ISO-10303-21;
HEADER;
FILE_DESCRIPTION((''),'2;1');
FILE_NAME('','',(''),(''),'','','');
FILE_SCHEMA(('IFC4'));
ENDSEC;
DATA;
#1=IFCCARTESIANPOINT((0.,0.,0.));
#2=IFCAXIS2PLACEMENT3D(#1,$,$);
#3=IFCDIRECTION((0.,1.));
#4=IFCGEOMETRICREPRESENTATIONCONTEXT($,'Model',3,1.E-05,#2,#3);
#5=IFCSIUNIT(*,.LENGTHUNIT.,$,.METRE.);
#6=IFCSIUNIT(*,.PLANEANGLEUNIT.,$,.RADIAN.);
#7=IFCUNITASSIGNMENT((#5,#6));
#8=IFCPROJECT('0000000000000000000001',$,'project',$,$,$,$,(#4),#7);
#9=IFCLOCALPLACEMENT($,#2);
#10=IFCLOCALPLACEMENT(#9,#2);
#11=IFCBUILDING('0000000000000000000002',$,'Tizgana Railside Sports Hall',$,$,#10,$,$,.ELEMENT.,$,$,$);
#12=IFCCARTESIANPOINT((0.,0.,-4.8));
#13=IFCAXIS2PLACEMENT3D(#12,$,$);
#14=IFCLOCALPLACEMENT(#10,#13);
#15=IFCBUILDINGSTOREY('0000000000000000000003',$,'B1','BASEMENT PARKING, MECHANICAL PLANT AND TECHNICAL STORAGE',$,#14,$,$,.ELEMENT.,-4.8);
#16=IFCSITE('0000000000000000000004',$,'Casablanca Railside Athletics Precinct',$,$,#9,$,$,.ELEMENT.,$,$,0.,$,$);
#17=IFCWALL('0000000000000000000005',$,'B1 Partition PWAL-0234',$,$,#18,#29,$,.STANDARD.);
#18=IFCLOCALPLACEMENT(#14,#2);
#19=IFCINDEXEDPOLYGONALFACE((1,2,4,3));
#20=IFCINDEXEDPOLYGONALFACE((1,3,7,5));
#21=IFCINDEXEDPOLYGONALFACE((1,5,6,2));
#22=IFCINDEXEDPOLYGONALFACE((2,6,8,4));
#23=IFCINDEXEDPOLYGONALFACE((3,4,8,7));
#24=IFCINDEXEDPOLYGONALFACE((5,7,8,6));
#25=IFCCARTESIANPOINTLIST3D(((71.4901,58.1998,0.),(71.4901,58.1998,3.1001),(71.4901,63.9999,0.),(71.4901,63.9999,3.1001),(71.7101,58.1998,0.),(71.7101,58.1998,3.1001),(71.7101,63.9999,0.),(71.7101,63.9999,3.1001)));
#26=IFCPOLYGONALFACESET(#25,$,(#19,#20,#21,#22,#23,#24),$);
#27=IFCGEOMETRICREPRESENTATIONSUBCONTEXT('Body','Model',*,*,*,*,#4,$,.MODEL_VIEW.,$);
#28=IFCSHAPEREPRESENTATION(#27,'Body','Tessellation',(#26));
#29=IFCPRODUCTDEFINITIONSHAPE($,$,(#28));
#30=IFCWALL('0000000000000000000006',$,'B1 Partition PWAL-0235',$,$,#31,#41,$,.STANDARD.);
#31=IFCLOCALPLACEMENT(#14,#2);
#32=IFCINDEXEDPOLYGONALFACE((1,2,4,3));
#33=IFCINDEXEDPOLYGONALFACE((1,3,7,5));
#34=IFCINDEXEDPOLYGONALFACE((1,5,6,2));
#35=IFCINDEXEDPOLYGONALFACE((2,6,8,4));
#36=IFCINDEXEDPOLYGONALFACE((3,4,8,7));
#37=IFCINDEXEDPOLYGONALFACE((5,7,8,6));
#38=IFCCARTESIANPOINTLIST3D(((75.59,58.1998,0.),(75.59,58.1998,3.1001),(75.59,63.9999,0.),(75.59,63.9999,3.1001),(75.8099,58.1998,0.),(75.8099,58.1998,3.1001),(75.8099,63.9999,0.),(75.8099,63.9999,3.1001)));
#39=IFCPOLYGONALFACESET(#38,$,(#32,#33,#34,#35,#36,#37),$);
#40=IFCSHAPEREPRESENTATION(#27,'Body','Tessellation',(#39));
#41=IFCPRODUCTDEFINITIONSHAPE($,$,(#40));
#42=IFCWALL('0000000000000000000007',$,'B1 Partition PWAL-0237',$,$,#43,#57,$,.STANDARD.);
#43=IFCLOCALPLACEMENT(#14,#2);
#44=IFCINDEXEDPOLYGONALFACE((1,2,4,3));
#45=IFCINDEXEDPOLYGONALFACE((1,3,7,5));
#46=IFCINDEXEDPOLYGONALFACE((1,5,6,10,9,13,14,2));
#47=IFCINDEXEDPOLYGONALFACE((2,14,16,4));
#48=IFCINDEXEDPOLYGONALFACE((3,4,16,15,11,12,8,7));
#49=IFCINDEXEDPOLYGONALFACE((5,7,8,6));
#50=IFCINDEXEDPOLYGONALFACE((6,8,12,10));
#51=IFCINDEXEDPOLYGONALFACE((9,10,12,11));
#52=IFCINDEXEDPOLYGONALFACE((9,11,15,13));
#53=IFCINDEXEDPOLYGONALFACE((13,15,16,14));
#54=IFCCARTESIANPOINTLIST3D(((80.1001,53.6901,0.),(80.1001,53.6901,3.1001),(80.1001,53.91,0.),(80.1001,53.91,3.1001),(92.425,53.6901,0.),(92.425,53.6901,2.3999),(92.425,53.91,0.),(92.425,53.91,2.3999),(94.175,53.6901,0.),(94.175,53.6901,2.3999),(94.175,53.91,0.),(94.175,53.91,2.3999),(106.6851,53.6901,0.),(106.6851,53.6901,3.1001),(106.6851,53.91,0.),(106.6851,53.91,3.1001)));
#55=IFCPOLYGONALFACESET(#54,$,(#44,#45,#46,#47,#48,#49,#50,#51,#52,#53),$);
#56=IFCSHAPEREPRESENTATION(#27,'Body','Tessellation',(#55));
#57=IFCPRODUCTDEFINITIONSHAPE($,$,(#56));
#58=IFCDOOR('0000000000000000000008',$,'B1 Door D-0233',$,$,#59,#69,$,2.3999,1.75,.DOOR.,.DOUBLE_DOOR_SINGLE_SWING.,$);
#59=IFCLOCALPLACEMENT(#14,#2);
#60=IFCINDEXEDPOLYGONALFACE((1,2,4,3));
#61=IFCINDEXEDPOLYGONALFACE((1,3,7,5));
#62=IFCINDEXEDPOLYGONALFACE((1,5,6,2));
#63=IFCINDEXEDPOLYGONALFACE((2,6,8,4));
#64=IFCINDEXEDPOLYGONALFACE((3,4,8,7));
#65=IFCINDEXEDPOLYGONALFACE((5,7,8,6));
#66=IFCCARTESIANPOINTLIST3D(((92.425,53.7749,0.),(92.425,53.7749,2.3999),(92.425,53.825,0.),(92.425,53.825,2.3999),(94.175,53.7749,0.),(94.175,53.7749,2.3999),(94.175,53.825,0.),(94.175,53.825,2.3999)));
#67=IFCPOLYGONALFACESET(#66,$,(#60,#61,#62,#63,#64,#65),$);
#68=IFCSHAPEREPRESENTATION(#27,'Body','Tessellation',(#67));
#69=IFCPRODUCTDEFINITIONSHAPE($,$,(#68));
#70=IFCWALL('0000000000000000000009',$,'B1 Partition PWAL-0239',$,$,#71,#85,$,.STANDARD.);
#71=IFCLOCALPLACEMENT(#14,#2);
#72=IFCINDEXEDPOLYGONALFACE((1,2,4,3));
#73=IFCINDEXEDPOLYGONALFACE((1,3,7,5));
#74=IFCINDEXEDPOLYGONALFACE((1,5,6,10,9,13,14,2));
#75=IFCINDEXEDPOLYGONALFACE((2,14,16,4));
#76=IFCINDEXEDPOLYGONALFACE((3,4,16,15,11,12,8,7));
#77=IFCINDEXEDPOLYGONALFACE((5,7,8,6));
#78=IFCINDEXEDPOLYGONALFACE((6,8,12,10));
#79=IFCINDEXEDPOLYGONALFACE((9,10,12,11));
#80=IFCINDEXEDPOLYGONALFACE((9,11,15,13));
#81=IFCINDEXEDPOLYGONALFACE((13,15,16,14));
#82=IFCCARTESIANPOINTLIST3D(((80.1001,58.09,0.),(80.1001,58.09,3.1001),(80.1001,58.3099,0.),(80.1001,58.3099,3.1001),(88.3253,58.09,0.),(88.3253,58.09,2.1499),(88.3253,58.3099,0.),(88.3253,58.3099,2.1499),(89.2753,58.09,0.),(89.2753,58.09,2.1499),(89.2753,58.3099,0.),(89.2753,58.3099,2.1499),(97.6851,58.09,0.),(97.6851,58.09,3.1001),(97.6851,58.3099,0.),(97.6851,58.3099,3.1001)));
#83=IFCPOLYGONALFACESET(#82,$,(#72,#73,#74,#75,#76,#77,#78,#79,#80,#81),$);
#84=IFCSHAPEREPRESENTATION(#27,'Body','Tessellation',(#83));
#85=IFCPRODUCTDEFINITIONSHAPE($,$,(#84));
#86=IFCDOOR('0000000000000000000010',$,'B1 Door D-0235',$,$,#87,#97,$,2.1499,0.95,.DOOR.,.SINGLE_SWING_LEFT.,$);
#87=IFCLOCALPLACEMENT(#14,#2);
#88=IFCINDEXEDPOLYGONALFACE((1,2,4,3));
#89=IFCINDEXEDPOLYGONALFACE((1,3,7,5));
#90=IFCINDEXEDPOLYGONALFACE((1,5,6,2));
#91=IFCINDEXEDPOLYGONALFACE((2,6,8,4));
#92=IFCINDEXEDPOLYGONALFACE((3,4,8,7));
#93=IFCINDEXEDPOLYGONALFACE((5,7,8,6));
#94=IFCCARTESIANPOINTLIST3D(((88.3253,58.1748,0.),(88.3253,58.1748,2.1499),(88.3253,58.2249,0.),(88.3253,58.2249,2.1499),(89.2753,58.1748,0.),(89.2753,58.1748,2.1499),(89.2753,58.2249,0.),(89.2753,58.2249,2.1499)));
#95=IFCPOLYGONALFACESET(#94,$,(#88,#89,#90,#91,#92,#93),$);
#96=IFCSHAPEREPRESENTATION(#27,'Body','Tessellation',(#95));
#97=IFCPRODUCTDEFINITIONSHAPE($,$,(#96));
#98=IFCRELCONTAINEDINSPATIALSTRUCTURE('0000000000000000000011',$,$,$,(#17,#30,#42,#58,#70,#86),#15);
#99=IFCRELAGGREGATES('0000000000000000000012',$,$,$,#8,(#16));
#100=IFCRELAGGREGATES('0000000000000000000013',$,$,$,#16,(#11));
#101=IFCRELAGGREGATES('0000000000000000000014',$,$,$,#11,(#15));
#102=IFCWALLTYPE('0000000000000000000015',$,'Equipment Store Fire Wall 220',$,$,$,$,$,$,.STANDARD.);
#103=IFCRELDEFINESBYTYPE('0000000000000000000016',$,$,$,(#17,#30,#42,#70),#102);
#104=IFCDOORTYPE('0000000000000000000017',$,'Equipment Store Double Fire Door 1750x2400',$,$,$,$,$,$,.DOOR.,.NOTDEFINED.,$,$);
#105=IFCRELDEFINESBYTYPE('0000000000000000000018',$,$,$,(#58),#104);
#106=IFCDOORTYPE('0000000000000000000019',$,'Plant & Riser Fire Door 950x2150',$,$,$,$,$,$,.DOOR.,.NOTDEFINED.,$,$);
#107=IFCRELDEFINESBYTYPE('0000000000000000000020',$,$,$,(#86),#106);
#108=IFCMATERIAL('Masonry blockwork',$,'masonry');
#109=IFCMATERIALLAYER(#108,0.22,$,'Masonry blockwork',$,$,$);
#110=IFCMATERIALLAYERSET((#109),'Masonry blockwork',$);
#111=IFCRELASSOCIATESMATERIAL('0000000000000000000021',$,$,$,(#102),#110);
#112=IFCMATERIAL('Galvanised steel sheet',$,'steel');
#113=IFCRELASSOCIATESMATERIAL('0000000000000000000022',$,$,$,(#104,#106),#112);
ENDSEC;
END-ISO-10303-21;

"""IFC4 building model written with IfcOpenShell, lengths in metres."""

from ifc_helpers import new_model, si_unit, direction, frame, frame_2d, origin, place, context, subcontext, project, spatial, rectangle, extrude, material, layer, layer_set, type_object, element, fill, save


model = new_model("IFC4")

# Units and contexts
model_context = context("Model", 3, precision=1e-05, world=origin(), true_north=direction((0.0, 1.0)))
body_context = subcontext(model_context, "Body", "Model", "MODEL_VIEW")
ifc_project = project(units=[si_unit("LENGTHUNIT", "METRE"), si_unit("PLANEANGLEUNIT", "RADIAN")], contexts=[model_context])

# Site, building, storey
site_placement = place(None, origin())
site = spatial("IfcSite", under=ifc_project, at=site_placement, Name="Casablanca Railside Athletics Precinct", CompositionType="ELEMENT", RefElevation=0.0)
building_placement = place(site_placement, origin())
building = spatial("IfcBuilding", under=site, at=building_placement, Name="Tizgana Railside Sports Hall", CompositionType="ELEMENT")
storey_placement = place(building_placement, frame((0.0, 0.0, -4.8)))
storey = spatial("IfcBuildingStorey", under=building, at=storey_placement, Name="B1", Description="BASEMENT PARKING, MECHANICAL PLANT AND TECHNICAL STORAGE", CompositionType="ELEMENT", Elevation=-4.8)

# Shared definitions
ifc_material_1 = material(Name="Masonry blockwork", Category="masonry")
ifc_layer = layer(ifc_material_1, 0.22, Name="Masonry blockwork")
ifc_layer_set = layer_set([ifc_layer], Name="Masonry blockwork")
wall_type = type_object("IfcWallType", Name="Equipment Store Fire Wall 220", PredefinedType="STANDARD", material=ifc_layer_set)

# Walls
for number, where, z_axis, x_axis, name in (
    (1, (71.6001, 58.2, 0.0), (0.0, 0.0, 1.0), (0.0, 1.0, 0.0), "B1 Partition PWAL-0234"),
    (2, (75.7, 58.2, 0.0), (0.0, 0.0, 1.0), (0.0, 1.0, 0.0), "B1 Partition PWAL-0235"),
):
    element("IfcWall", number, at=place(storey_placement, frame(where, z_axis=z_axis, x_axis=x_axis)), inside=storey, type_object=wall_type, Name=name, PredefinedType="STANDARD", context=body_context, shape_type="SweptSolid", body=[
        extrude(rectangle(XDim=5.8, YDim=0.22, at=frame_2d((2.8999, 0.0))), origin(), (0.0, 0.0, 1.0), 3.1001),
    ])

# Walls, openings, doors
wall_1_placement = place(storey_placement, frame((80.1001, 53.8, 0.0), z_axis=(0.0, 0.0, 1.0), x_axis=(1.0, 0.0, 0.0)))
wall_1 = element("IfcWall", 3, at=wall_1_placement, inside=storey, type_object=wall_type, Name="B1 Partition PWAL-0237", PredefinedType="STANDARD", context=body_context, shape_type="SweptSolid", body=[
    extrude(rectangle(XDim=26.585, YDim=0.22, at=frame_2d((13.2925, 0.0))), origin(), (0.0, 0.0, 1.0), 3.1001),
])
opening_1_placement = place(wall_1_placement, frame((12.325, 0.0, 0.0)))
opening_1 = element("IfcOpeningElement", 4, at=opening_1_placement, cuts=wall_1, PredefinedType="OPENING", context=body_context, shape_type="SweptSolid", body=[
    extrude(rectangle(XDim=1.75, YDim=2.3999, at=frame_2d((0.875, 1.2))), frame((0.0, 0.1199, 0.0), z_axis=(0.0, -1.0, 0.0), x_axis=(1.0, 0.0, 0.0)), (0.0, 0.0, 1.0), 0.24),
])
ifc_material_2 = material(Name="Galvanised steel sheet", Category="steel")
door_type_1 = type_object("IfcDoorType", Name="Equipment Store Double Fire Door 1750x2400", OperationType="NOTDEFINED", PredefinedType="DOOR", material=ifc_material_2)
door_1_placement = place(opening_1_placement, origin())
door_1 = element("IfcDoor", 5, at=door_1_placement, inside=storey, type_object=door_type_1, Name="B1 Door D-0233", OperationType="DOUBLE_DOOR_SINGLE_SWING", OverallHeight=2.3999, OverallWidth=1.75, PredefinedType="DOOR", context=body_context, shape_type="SweptSolid", body=[
    extrude(rectangle(XDim=1.75, YDim=2.3999, at=frame_2d((0.875, 1.2))), frame((0.0, 0.0249, 0.0), z_axis=(0.0, -1.0, 0.0), x_axis=(1.0, 0.0, 0.0)), (0.0, 0.0, 1.0), 0.05),
])
fill(opening_1, door_1)
wall_2_placement = place(storey_placement, frame((80.1001, 58.2, 0.0), z_axis=(0.0, 0.0, 1.0), x_axis=(1.0, 0.0, 0.0)))
wall_2 = element("IfcWall", 6, at=wall_2_placement, inside=storey, type_object=wall_type, Name="B1 Partition PWAL-0239", PredefinedType="STANDARD", context=body_context, shape_type="SweptSolid", body=[
    extrude(rectangle(XDim=17.585, YDim=0.22, at=frame_2d((8.7925, 0.0))), origin(), (0.0, 0.0, 1.0), 3.1001),
])
opening_2_placement = place(wall_2_placement, frame((8.2251, 0.0, 0.0)))
opening_2 = element("IfcOpeningElement", 7, at=opening_2_placement, cuts=wall_2, PredefinedType="OPENING", context=body_context, shape_type="SweptSolid", body=[
    extrude(rectangle(XDim=0.95, YDim=2.1499, at=frame_2d((0.4751, 1.075))), frame((0.0, 0.1199, 0.0), z_axis=(0.0, -1.0, 0.0), x_axis=(1.0, 0.0, 0.0)), (0.0, 0.0, 1.0), 0.24),
])
door_type_2 = type_object("IfcDoorType", Name="Plant & Riser Fire Door 950x2150", OperationType="NOTDEFINED", PredefinedType="DOOR", material=ifc_material_2)
door_2_placement = place(opening_2_placement, origin())
door_2 = element("IfcDoor", 8, at=door_2_placement, inside=storey, type_object=door_type_2, Name="B1 Door D-0235", OperationType="SINGLE_SWING_LEFT", OverallHeight=2.1499, OverallWidth=0.95, PredefinedType="DOOR", context=body_context, shape_type="SweptSolid", body=[
    extrude(rectangle(XDim=0.95, YDim=2.1499, at=frame_2d((0.4751, 1.075))), frame((0.0, 0.0249, 0.0), z_axis=(0.0, -1.0, 0.0), x_axis=(1.0, 0.0, 0.0)), (0.0, 0.0, 1.0), 0.05),
])
fill(opening_2, door_2)

save(model, "model.ifc")
